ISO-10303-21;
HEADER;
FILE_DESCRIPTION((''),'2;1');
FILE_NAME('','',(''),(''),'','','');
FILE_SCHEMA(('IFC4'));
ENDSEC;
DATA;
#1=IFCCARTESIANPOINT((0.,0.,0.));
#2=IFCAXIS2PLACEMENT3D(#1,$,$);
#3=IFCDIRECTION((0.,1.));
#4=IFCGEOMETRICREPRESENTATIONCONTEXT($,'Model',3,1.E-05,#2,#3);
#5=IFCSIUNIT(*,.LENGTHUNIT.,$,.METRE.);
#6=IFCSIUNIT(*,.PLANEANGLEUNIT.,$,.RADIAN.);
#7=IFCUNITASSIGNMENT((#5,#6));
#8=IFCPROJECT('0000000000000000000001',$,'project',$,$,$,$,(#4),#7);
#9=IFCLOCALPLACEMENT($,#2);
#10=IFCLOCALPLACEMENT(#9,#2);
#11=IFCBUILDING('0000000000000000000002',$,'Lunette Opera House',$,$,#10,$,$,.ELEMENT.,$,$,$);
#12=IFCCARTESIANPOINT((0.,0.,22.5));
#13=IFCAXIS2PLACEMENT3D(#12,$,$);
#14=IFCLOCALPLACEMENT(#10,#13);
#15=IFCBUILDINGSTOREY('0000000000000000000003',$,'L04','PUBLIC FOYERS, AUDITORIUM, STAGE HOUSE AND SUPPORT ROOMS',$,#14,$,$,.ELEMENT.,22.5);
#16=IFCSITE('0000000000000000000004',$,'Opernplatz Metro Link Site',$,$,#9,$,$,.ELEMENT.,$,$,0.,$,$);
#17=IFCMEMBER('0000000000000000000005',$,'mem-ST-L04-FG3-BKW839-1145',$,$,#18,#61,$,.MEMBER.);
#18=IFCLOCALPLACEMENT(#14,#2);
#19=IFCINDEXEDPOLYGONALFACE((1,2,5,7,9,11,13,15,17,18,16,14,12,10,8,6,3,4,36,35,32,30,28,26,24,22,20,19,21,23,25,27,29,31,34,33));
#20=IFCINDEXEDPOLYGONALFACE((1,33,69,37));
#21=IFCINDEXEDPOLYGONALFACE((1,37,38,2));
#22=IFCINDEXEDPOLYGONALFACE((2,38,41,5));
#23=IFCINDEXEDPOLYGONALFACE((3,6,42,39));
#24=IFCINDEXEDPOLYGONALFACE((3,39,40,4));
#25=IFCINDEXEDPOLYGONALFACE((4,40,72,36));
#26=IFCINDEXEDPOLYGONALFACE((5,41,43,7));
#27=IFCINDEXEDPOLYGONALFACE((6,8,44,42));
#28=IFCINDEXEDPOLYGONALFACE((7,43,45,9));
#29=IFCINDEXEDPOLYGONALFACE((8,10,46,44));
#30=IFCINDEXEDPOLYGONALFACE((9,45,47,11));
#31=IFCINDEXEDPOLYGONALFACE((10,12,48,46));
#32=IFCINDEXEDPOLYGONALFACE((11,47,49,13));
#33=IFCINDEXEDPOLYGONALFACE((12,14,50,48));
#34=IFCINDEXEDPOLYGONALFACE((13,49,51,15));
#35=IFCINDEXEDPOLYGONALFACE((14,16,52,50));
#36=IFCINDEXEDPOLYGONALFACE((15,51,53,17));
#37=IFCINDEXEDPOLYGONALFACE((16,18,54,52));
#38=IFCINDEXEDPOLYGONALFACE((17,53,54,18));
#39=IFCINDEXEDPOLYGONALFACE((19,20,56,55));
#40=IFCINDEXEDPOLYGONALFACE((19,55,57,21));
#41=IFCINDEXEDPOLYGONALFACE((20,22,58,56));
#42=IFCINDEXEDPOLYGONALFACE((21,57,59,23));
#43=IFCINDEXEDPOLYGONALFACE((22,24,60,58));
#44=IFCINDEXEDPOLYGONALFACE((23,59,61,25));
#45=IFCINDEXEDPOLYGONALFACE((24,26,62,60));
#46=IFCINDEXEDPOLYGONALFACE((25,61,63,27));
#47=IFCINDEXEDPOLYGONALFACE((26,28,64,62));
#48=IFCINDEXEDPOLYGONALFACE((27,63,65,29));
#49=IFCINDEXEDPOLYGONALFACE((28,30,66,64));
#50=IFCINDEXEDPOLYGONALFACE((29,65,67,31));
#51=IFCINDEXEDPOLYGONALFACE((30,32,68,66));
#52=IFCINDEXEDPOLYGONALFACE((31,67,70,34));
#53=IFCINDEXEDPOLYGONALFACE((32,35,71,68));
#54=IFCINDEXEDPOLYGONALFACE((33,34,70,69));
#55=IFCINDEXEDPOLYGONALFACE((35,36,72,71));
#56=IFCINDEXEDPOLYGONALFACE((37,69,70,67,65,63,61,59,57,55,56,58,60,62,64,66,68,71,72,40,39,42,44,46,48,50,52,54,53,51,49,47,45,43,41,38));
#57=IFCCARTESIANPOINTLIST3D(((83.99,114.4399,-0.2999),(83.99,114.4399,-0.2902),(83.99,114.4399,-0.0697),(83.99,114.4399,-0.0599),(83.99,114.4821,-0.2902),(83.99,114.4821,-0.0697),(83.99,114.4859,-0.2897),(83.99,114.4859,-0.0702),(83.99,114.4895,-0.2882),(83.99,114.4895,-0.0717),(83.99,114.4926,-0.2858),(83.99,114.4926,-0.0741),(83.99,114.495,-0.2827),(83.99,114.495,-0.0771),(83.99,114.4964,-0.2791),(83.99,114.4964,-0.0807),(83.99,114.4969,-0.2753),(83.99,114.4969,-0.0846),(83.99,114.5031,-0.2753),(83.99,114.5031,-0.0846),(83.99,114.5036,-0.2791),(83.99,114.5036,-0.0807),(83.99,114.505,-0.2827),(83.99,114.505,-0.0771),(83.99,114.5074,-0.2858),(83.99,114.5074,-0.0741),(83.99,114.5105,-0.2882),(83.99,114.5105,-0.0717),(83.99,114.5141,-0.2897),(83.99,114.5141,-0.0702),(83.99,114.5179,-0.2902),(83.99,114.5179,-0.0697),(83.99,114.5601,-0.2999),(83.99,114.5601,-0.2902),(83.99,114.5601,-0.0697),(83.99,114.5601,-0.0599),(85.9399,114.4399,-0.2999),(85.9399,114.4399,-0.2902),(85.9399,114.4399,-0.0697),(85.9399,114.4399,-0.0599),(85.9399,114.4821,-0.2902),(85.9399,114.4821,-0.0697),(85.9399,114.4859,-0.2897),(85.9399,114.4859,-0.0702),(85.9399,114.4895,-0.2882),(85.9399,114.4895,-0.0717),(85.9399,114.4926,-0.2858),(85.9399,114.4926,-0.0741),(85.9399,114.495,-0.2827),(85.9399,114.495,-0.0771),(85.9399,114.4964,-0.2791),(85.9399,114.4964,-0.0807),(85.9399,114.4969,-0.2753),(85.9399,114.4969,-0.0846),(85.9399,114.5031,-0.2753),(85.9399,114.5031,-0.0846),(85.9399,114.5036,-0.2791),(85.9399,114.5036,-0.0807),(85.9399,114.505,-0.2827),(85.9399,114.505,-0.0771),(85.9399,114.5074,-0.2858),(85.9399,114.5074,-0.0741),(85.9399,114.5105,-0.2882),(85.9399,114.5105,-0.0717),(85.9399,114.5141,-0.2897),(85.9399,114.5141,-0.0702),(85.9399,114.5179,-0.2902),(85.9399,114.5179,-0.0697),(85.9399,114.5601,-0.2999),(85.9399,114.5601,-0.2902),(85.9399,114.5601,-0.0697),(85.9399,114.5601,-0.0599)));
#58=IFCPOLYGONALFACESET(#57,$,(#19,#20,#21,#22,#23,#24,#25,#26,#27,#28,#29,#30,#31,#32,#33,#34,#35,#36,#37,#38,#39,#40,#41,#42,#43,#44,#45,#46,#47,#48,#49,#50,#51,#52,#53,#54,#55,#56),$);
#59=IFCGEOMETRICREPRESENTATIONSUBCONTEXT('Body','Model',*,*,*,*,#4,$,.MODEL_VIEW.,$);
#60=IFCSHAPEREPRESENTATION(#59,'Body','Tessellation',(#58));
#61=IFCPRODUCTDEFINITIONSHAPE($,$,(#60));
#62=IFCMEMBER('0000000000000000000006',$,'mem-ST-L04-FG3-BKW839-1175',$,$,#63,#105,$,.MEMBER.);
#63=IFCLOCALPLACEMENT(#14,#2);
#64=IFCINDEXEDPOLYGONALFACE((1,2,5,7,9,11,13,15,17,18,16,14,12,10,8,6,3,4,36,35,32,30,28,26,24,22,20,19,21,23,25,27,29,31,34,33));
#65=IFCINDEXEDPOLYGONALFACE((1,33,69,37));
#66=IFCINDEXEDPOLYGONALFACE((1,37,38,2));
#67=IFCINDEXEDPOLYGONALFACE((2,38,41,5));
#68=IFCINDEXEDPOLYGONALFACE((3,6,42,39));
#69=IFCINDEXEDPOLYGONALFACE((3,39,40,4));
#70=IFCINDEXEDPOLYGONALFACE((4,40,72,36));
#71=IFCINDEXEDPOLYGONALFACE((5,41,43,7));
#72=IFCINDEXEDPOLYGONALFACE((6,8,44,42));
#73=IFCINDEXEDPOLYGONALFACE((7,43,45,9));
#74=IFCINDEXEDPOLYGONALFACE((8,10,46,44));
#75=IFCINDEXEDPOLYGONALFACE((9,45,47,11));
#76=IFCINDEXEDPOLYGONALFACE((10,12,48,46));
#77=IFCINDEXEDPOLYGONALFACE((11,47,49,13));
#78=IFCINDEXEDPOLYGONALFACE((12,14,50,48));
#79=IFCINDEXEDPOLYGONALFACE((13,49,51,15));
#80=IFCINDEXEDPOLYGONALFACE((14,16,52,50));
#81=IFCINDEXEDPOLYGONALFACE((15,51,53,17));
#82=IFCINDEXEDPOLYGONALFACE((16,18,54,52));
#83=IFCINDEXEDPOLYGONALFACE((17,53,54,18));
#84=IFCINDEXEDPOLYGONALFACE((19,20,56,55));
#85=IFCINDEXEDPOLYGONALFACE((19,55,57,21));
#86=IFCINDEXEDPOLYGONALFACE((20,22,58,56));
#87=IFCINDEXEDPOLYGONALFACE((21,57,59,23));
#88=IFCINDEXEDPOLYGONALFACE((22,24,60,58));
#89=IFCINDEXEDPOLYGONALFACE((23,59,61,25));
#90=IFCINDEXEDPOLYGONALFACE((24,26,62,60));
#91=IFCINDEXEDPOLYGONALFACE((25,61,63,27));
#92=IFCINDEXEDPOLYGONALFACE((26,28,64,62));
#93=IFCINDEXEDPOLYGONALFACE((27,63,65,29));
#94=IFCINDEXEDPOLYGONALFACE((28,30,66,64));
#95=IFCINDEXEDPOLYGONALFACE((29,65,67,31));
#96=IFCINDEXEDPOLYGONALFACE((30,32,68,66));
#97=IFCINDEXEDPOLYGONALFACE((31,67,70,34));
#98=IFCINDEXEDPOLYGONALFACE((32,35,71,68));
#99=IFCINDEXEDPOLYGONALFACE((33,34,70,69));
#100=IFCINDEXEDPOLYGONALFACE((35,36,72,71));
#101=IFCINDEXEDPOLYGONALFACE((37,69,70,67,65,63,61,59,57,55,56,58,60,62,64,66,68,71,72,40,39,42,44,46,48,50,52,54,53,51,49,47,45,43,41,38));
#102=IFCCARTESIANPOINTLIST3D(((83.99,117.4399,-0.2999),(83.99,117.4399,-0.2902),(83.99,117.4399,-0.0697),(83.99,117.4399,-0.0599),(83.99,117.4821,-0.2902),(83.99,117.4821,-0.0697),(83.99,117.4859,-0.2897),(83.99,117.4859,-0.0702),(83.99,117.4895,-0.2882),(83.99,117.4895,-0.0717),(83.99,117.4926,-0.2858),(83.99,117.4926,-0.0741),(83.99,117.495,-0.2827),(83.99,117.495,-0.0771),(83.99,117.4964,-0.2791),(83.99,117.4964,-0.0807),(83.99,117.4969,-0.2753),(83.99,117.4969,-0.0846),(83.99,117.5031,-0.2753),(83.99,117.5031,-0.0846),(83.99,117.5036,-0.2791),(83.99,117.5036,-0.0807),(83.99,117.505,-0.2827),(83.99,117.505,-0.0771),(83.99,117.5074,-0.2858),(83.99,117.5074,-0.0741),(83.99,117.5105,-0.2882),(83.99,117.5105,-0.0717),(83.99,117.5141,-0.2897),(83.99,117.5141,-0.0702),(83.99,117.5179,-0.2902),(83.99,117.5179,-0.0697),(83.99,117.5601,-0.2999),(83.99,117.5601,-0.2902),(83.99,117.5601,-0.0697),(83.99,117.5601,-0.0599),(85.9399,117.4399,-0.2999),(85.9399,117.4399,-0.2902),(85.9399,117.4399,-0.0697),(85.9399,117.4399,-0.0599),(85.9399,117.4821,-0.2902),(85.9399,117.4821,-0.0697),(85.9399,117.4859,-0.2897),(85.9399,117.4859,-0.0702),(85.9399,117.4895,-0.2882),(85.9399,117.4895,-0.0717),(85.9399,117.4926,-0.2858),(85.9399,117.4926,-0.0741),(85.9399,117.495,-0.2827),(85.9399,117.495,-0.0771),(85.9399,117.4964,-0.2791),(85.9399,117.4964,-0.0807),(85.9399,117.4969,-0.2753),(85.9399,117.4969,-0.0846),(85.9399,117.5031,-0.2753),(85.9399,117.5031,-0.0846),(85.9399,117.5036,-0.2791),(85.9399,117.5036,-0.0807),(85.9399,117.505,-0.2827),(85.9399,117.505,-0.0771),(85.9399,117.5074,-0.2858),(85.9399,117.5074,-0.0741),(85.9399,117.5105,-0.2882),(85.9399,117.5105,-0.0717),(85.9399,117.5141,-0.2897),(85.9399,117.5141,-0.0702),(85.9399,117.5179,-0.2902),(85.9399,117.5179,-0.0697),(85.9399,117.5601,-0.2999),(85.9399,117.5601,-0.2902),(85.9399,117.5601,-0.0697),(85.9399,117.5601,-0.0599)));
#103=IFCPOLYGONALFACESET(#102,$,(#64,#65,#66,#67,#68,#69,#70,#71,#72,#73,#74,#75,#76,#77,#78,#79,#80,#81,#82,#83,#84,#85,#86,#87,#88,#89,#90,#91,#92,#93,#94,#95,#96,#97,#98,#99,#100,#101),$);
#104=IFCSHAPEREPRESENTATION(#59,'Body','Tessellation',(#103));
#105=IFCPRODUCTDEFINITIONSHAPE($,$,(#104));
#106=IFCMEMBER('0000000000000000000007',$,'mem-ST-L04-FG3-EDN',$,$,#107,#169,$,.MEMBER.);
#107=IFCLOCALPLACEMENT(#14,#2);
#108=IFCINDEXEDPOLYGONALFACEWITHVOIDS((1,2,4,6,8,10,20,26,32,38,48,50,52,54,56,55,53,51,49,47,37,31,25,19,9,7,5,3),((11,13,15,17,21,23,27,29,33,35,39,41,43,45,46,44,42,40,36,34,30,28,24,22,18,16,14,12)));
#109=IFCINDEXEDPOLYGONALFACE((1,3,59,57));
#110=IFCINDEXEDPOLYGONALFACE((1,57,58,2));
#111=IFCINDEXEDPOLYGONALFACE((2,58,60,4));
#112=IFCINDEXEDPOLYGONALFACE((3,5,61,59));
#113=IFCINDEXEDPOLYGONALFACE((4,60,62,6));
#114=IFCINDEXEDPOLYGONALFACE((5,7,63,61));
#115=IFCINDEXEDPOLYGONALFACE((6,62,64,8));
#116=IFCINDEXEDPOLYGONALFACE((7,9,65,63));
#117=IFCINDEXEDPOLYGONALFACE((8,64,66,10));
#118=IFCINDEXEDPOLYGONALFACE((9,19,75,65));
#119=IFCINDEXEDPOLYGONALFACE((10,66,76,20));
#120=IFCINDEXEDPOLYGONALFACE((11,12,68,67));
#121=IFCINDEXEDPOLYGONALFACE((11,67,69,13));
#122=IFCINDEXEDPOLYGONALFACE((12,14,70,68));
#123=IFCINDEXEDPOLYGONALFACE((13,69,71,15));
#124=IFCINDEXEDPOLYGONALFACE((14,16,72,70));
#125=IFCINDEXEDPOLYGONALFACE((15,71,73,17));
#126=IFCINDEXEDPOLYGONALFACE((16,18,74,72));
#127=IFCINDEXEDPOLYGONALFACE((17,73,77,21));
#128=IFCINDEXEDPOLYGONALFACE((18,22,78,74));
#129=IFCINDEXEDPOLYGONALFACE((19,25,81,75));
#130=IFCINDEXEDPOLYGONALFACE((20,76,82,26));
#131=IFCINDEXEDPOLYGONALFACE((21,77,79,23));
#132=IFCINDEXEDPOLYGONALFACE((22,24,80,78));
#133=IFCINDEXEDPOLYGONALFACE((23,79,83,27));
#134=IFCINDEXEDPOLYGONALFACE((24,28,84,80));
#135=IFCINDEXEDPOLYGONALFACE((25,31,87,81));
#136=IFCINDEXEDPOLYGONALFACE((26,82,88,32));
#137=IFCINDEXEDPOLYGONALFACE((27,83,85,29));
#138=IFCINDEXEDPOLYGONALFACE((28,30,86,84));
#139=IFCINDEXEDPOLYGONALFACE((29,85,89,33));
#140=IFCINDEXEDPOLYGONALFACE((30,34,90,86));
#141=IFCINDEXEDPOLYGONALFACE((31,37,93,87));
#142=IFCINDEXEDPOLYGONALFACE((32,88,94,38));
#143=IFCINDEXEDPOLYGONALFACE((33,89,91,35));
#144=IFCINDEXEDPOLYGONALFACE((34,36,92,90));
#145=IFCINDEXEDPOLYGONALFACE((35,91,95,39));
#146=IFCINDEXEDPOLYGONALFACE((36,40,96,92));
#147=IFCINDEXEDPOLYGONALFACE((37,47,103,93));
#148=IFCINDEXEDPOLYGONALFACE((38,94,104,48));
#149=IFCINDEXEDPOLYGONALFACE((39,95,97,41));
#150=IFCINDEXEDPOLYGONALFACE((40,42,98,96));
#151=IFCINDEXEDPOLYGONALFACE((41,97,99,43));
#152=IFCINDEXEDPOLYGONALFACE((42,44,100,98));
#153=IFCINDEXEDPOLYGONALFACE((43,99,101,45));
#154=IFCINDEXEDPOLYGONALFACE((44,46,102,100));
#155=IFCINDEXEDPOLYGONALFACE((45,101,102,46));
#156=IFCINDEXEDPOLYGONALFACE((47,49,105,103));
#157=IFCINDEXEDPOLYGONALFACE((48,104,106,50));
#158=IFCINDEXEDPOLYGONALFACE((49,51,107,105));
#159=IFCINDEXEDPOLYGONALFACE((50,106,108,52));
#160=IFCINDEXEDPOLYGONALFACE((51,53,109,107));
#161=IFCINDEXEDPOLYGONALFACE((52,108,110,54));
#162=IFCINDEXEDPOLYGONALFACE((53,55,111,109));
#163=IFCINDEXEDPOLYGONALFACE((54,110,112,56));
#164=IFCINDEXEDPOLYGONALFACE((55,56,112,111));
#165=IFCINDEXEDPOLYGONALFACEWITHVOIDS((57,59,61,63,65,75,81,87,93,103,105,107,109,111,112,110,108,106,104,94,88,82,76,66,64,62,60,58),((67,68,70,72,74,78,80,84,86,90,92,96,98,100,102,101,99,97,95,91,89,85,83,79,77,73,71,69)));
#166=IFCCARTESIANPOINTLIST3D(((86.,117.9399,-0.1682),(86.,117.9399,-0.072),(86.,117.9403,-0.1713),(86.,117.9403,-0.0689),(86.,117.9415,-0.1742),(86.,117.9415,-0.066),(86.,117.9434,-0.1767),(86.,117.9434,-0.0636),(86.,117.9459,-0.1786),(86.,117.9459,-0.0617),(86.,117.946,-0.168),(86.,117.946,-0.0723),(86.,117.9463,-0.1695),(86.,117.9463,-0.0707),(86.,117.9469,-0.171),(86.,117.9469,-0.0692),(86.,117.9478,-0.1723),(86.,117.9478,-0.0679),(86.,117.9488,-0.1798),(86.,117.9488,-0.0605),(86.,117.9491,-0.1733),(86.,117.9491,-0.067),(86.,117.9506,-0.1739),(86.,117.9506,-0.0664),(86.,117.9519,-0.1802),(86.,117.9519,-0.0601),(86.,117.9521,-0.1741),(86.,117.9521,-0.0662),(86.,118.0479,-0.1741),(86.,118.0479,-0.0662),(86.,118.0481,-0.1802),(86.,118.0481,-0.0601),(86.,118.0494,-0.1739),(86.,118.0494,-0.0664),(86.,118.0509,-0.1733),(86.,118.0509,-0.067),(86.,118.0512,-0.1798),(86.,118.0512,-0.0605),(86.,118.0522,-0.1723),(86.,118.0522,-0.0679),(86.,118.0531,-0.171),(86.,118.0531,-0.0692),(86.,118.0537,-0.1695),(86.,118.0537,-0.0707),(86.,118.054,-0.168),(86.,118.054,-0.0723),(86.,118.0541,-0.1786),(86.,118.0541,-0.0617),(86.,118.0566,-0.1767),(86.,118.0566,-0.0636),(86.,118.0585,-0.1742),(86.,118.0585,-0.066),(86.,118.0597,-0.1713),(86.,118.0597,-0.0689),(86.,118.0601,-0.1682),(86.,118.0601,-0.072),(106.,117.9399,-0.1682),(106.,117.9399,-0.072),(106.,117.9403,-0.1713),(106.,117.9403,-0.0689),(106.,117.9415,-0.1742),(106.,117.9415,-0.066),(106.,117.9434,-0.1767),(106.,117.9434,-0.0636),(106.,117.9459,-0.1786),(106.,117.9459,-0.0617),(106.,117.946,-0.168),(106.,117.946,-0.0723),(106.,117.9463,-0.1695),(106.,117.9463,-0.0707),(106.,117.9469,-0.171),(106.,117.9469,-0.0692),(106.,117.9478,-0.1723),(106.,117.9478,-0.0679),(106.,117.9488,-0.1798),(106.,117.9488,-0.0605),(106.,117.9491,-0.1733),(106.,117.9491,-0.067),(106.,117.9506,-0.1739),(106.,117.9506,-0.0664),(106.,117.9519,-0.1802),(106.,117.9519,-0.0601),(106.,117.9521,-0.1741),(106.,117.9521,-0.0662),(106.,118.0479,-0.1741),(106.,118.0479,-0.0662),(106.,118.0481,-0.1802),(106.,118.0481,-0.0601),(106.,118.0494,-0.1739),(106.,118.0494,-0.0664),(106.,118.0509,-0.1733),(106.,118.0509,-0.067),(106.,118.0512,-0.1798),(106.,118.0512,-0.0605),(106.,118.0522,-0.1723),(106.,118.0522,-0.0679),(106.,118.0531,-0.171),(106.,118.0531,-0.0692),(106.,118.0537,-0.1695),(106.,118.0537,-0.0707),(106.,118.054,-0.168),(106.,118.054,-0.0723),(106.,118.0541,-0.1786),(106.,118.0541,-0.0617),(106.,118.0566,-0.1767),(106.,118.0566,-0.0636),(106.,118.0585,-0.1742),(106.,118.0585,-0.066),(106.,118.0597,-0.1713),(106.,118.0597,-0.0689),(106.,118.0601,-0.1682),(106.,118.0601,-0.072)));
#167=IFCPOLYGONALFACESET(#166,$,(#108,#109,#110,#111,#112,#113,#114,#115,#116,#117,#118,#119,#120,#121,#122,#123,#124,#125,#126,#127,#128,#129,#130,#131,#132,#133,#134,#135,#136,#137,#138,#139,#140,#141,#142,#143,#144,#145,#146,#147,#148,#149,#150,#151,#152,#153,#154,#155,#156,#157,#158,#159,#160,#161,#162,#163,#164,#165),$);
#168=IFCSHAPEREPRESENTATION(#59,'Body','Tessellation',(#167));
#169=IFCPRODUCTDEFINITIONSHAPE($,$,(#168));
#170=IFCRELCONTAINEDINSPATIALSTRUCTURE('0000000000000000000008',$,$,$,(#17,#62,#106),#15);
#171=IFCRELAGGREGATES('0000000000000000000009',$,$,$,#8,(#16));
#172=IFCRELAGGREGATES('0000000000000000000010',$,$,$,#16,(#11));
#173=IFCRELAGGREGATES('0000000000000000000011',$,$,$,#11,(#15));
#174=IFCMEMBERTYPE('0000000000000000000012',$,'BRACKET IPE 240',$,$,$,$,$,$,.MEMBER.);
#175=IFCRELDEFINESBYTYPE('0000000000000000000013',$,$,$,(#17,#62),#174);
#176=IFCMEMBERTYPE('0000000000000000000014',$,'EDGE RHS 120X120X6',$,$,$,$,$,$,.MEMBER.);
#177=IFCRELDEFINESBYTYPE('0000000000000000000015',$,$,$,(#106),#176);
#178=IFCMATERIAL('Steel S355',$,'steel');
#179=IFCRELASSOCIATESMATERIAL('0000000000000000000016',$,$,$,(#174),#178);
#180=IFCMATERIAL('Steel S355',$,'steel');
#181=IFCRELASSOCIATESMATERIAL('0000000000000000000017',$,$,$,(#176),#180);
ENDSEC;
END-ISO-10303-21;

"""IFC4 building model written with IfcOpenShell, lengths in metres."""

from ifc_helpers import new_model, si_unit, direction, frame, origin, origin_2d, place, context, subcontext, project, spatial, hollow_rectangle, i_section, extrude, material, material_profile, profile_set, type_object, element, save


model = new_model("IFC4")

# Units and contexts
model_context = context("Model", 3, precision=1e-05, world=origin(), true_north=direction((0.0, 1.0)))
body_context = subcontext(model_context, "Body", "Model", "MODEL_VIEW")
ifc_project = project(units=[si_unit("LENGTHUNIT", "METRE"), si_unit("PLANEANGLEUNIT", "RADIAN")], contexts=[model_context])

# Site, building, storey
site_placement = place(None, origin())
site = spatial("IfcSite", under=ifc_project, at=site_placement, Name="Opernplatz Metro Link Site", CompositionType="ELEMENT", RefElevation=0.0)
building_placement = place(site_placement, origin())
building = spatial("IfcBuilding", under=site, at=building_placement, Name="Lunette Opera House", CompositionType="ELEMENT")
storey_placement = place(building_placement, frame((0.0, 0.0, 22.5)))
storey = spatial("IfcBuildingStorey", under=building, at=storey_placement, Name="L04", Description="PUBLIC FOYERS, AUDITORIUM, STAGE HOUSE AND SUPPORT ROOMS", CompositionType="ELEMENT", Elevation=22.5)

# Members
ifc_material_1 = material(Name="Steel S355", Category="steel")
ifc_material_profile_1 = material_profile(ifc_material_1, i_section(OverallWidth=0.1201, OverallDepth=0.24, WebThickness=0.0061, FlangeThickness=0.0098, FilletRadius=0.0149, at=origin_2d()), Name="IPE 240")
ifc_profile_set_1 = profile_set([ifc_material_profile_1], Name="Steel S355")
member_type_1 = type_object("IfcMemberType", Name="BRACKET IPE 240", PredefinedType="MEMBER", material=ifc_profile_set_1)
for number, where, z_axis, x_axis, name in (
    (1, (83.99, 114.5, -0.1799), (1.0, 0.0, 0.0), (0.0, 1.0, 0.0), "mem-ST-L04-FG3-BKW839-1145"),
    (2, (83.99, 117.5, -0.1799), (1.0, 0.0, 0.0), (0.0, 1.0, 0.0), "mem-ST-L04-FG3-BKW839-1175"),
):
    element("IfcMember", number, at=place(storey_placement, frame(where, z_axis=z_axis, x_axis=x_axis)), inside=storey, type_object=member_type_1, Name=name, PredefinedType="MEMBER", context=body_context, shape_type="SweptSolid", body=[
        extrude(i_section(OverallWidth=0.1201, OverallDepth=0.24, WebThickness=0.0061, FlangeThickness=0.0098, FilletRadius=0.0149, at=origin_2d()), origin(), (0.0, 0.0, 1.0), 1.95),
    ])
ifc_material_2 = material(Name="Steel S355", Category="steel")
ifc_material_profile_2 = material_profile(ifc_material_2, hollow_rectangle(XDim=0.1201, YDim=0.1201, WallThickness=0.0061, InnerFilletRadius=0.0061, OuterFilletRadius=0.012, at=origin_2d()), Name="RHS 120X120X6")
ifc_profile_set_2 = profile_set([ifc_material_profile_2], Name="Steel S355")
member_type_2 = type_object("IfcMemberType", Name="EDGE RHS 120X120X6", PredefinedType="MEMBER", material=ifc_profile_set_2)
for number, where, z_axis, x_axis, name in (
    (3, (86.0, 118.0, -0.1201), (1.0, 0.0, 0.0), (0.0, 1.0, 0.0), "mem-ST-L04-FG3-EDN"),
):
    element("IfcMember", number, at=place(storey_placement, frame(where, z_axis=z_axis, x_axis=x_axis)), inside=storey, type_object=member_type_2, Name=name, PredefinedType="MEMBER", context=body_context, shape_type="SweptSolid", body=[
        extrude(hollow_rectangle(XDim=0.1201, YDim=0.1201, WallThickness=0.0061, InnerFilletRadius=0.0061, OuterFilletRadius=0.012, at=origin_2d()), origin(), (0.0, 0.0, 1.0), 20.0),
    ])

save(model, "model.ifc")
